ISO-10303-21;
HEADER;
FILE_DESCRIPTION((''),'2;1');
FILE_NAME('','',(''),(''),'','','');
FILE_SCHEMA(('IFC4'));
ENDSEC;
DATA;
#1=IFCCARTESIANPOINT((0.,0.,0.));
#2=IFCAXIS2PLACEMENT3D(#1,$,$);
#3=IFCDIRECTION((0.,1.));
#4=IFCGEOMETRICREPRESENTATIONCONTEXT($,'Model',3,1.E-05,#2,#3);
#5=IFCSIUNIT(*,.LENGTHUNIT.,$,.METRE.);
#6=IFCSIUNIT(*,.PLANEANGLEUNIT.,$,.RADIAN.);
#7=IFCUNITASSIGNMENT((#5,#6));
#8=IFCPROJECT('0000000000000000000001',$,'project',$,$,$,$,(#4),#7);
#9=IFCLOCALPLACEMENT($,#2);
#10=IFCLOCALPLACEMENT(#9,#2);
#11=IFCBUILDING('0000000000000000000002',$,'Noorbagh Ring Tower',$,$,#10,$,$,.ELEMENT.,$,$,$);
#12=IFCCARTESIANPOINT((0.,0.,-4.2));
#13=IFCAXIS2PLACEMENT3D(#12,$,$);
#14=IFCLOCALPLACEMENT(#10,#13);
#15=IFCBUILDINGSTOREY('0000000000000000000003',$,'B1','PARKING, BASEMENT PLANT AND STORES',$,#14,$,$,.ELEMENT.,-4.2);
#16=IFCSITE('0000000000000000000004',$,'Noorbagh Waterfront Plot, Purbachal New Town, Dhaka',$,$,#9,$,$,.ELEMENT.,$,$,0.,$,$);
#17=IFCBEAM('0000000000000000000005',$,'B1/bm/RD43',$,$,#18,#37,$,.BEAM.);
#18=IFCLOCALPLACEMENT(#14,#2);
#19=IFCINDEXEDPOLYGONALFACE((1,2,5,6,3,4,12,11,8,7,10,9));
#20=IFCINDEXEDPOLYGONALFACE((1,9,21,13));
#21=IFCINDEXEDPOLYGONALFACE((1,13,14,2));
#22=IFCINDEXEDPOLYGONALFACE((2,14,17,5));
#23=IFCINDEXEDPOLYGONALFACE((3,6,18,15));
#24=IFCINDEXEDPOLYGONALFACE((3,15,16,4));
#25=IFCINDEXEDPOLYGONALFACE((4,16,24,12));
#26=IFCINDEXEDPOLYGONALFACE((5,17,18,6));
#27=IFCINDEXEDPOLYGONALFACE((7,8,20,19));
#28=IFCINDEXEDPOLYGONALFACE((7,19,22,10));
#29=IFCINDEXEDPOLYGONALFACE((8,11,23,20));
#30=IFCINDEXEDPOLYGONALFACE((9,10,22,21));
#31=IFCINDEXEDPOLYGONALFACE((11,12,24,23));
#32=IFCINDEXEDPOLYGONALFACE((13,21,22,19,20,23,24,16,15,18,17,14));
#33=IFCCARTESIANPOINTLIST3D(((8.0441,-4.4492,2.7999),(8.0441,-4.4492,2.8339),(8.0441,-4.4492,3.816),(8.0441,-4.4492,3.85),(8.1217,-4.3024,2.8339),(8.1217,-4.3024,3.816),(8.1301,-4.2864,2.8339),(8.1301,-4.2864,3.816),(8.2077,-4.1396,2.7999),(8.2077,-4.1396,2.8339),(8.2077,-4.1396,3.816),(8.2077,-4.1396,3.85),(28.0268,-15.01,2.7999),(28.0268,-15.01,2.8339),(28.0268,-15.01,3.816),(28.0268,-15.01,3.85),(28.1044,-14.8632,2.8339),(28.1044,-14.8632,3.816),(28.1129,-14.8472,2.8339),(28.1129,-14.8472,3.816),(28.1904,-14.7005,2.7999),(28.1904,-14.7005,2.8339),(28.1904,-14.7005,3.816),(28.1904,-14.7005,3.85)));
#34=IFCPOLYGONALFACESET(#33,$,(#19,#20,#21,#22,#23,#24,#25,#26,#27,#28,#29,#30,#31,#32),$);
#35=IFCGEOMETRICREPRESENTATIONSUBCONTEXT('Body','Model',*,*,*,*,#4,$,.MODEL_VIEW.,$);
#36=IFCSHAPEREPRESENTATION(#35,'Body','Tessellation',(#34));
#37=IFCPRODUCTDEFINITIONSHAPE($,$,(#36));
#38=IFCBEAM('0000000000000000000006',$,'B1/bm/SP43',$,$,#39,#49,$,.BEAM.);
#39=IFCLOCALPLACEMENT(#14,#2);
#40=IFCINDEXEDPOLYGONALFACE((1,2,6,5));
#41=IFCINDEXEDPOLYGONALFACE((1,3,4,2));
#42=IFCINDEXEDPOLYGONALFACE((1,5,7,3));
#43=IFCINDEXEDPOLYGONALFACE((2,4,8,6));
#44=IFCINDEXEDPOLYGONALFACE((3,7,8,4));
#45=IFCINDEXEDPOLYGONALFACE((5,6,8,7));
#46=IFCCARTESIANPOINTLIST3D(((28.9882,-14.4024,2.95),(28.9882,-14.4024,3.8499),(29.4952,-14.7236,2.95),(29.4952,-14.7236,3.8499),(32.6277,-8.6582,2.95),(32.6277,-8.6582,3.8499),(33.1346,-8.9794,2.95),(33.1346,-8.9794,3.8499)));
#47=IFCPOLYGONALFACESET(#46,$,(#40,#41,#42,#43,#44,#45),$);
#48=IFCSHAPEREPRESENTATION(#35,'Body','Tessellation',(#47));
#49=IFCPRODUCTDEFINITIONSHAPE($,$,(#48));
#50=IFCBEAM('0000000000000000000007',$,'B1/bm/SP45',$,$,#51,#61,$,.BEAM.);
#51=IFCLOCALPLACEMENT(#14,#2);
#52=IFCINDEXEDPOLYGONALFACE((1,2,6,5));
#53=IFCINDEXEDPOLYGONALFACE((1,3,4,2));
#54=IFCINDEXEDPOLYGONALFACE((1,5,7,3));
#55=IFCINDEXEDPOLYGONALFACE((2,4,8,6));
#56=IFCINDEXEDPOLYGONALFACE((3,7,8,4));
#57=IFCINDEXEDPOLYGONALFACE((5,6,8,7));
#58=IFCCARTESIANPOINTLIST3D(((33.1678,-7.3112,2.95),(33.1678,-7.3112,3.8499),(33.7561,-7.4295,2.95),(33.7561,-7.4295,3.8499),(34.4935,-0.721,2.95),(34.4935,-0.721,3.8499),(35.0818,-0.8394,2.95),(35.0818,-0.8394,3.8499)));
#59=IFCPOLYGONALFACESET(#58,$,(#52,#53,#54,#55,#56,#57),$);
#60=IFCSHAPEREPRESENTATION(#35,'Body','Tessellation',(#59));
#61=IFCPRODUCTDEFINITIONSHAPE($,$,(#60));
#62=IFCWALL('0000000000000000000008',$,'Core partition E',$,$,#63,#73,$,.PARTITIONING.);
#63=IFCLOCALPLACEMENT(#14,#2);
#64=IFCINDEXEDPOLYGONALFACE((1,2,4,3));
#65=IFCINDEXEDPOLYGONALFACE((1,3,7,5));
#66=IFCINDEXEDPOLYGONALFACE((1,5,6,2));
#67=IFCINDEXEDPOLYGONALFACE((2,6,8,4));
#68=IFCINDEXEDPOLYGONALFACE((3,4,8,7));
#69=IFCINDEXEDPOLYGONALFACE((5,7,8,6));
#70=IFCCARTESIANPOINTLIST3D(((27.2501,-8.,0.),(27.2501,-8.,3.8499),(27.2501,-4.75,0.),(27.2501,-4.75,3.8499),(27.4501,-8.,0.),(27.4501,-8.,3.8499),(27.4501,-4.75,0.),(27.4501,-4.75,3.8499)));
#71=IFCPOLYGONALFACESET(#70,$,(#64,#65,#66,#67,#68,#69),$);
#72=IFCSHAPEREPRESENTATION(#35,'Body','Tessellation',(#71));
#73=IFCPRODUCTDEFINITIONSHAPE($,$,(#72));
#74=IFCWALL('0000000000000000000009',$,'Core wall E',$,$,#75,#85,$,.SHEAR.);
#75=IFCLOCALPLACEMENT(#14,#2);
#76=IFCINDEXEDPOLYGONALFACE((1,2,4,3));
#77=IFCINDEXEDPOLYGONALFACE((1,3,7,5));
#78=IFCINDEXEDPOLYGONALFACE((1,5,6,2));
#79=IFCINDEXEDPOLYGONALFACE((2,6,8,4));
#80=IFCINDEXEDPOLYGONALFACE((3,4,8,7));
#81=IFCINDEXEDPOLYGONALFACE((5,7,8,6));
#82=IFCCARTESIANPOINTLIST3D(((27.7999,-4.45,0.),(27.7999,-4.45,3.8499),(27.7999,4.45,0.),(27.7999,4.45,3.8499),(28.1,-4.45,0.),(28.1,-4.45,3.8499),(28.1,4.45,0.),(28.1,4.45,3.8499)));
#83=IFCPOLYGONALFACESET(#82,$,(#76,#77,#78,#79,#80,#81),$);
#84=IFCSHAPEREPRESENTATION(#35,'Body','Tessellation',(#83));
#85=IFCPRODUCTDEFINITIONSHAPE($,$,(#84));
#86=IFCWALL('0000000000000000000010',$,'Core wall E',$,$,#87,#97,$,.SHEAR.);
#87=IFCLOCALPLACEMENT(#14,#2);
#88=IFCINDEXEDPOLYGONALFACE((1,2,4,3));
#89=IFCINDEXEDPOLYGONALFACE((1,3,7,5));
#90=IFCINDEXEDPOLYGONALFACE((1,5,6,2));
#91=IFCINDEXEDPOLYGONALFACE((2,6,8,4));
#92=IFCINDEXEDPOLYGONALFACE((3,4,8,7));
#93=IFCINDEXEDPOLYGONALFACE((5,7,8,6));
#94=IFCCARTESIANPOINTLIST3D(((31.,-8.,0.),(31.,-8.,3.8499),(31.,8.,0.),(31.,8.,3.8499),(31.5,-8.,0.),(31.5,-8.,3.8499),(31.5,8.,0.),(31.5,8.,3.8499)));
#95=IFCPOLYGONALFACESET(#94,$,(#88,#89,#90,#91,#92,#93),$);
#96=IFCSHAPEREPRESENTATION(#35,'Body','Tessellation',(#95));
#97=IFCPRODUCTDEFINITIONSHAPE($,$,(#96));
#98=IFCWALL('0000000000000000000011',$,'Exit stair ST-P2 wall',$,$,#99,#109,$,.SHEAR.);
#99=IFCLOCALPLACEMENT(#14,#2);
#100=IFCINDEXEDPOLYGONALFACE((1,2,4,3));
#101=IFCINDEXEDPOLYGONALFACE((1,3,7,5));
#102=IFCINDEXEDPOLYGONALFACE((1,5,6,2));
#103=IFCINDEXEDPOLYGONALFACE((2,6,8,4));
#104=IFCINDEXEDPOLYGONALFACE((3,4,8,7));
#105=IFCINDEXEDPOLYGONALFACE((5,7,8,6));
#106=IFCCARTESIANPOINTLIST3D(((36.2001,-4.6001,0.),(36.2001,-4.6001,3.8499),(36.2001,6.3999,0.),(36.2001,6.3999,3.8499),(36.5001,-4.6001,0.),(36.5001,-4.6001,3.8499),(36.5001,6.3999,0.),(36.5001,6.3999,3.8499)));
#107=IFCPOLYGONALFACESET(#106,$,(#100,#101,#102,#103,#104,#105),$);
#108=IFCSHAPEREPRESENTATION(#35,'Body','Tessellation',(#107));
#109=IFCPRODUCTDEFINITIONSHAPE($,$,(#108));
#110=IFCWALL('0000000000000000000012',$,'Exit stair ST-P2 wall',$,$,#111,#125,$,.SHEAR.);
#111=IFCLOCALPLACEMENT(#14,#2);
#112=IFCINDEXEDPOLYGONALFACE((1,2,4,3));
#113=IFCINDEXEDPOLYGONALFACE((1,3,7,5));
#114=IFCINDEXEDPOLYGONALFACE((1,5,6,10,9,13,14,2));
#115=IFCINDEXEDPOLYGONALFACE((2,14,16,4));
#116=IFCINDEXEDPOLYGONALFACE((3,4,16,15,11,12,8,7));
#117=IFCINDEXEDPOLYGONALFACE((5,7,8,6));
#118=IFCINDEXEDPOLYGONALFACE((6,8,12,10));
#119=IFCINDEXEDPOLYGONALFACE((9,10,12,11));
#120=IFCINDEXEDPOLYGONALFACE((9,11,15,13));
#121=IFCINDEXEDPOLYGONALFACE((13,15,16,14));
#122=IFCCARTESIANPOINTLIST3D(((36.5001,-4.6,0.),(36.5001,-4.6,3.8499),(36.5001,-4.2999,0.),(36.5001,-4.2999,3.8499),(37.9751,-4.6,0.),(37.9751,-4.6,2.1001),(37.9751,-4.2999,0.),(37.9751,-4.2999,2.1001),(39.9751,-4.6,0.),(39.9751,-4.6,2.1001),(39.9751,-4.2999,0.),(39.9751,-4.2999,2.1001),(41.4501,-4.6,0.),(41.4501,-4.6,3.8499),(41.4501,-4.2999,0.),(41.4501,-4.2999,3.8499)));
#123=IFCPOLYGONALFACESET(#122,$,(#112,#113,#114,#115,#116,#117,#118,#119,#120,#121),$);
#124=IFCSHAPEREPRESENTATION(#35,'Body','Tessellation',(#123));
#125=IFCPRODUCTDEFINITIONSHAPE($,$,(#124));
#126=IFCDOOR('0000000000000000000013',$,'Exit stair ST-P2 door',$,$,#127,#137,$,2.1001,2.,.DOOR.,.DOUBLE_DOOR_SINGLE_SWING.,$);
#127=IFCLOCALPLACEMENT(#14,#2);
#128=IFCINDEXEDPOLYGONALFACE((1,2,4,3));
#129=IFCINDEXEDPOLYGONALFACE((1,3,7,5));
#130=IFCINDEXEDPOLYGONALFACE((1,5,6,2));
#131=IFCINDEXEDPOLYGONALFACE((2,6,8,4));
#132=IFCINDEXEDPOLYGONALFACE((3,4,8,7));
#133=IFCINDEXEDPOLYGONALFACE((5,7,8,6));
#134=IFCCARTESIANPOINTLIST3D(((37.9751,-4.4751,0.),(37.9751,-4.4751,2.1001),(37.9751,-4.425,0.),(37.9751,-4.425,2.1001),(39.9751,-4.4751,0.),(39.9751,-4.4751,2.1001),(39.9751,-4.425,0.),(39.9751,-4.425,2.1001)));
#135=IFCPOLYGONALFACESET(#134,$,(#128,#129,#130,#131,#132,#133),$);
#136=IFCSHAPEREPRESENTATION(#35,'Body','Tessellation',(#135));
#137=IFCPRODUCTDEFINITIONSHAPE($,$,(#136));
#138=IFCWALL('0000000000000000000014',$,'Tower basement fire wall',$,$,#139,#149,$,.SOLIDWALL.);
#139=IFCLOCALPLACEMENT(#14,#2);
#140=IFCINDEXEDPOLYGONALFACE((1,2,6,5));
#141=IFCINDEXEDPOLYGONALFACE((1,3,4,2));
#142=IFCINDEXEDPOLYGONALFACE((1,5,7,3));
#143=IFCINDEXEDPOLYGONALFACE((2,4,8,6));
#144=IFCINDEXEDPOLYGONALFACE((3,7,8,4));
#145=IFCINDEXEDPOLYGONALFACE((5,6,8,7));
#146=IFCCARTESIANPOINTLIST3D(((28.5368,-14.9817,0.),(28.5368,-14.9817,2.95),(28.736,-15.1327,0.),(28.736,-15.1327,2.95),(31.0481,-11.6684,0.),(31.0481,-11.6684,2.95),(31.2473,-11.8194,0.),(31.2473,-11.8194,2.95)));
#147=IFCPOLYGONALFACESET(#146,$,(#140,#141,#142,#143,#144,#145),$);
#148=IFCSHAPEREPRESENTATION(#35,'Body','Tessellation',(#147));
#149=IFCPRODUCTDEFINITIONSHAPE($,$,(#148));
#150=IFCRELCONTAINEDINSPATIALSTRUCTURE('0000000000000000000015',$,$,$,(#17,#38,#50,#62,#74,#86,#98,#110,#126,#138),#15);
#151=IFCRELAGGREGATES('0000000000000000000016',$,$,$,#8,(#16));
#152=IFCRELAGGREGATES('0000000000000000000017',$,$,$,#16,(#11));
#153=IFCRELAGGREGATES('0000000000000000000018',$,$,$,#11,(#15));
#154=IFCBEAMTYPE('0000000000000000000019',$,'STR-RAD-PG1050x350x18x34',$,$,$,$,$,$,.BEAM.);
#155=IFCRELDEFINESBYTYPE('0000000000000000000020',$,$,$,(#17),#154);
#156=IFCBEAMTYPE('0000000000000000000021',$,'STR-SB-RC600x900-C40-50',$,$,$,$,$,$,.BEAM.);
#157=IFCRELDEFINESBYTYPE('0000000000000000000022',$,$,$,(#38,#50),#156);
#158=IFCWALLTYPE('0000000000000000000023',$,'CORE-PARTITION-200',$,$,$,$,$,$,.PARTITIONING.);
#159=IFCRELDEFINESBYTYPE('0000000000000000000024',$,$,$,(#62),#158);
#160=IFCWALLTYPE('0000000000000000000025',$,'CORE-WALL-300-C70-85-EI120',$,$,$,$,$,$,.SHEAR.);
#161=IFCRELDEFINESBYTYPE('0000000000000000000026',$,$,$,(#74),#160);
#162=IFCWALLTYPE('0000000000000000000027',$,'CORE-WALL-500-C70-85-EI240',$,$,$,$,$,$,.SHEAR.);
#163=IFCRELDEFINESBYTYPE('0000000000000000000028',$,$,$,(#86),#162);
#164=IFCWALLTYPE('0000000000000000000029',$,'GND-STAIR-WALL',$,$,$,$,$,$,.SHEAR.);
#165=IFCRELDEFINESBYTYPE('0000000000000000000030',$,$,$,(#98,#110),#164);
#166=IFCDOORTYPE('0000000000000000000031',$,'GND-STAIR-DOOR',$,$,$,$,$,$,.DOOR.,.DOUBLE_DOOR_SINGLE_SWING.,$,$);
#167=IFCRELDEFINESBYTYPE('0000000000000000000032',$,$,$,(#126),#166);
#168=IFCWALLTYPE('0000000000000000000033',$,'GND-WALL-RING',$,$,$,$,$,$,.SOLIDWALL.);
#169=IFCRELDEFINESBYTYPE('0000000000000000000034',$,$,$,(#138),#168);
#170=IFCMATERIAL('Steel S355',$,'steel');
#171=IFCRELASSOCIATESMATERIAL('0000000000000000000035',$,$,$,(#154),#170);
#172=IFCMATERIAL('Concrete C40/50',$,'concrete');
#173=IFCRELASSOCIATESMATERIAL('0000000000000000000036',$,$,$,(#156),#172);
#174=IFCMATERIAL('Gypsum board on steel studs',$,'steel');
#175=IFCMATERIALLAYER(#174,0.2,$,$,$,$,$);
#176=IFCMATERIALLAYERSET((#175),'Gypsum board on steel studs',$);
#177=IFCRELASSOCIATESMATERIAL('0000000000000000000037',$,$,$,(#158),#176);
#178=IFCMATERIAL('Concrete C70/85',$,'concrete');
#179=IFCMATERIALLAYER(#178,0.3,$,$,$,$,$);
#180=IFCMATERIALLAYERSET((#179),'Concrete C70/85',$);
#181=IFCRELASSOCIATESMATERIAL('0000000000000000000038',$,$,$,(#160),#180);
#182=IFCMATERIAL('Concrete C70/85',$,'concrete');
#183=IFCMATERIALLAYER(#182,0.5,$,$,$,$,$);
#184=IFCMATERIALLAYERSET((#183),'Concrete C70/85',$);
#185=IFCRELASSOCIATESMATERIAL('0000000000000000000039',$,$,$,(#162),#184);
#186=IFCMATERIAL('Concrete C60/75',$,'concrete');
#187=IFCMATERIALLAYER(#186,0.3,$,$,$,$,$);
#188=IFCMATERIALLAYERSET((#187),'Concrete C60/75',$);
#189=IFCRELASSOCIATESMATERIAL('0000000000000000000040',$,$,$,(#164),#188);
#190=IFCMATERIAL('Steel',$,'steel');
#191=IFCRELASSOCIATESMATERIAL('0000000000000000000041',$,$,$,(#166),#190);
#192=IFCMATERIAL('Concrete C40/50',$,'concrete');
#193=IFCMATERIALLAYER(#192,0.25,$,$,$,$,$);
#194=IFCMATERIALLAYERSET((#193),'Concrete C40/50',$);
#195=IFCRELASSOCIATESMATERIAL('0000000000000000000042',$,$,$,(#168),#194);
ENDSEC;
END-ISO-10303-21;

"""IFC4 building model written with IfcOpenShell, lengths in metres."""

from ifc_helpers import new_model, si_unit, direction, frame, frame_2d, origin, origin_2d, place, context, subcontext, project, spatial, rectangle, i_section, extrude, material, layer, layer_set, material_profile, profile_set, type_object, element, fill, save


model = new_model("IFC4")

# Units and contexts
model_context = context("Model", 3, precision=1e-05, world=origin(), true_north=direction((0.0, 1.0)))
body_context = subcontext(model_context, "Body", "Model", "MODEL_VIEW")
ifc_project = project(units=[si_unit("LENGTHUNIT", "METRE"), si_unit("PLANEANGLEUNIT", "RADIAN")], contexts=[model_context])

# Site, building, storey
site_placement = place(None, origin())
site = spatial("IfcSite", under=ifc_project, at=site_placement, Name="Noorbagh Waterfront Plot, Purbachal New Town, Dhaka", CompositionType="ELEMENT", RefElevation=0.0)
building_placement = place(site_placement, origin())
building = spatial("IfcBuilding", under=site, at=building_placement, Name="Noorbagh Ring Tower", CompositionType="ELEMENT")
storey_placement = place(building_placement, frame((0.0, 0.0, -4.2)))
storey = spatial("IfcBuildingStorey", under=building, at=storey_placement, Name="B1", Description="PARKING, BASEMENT PLANT AND STORES", CompositionType="ELEMENT", Elevation=-4.2)

# Beams
ifc_material_1 = material(Name="Steel S355", Category="steel")
ifc_material_profile_1 = material_profile(ifc_material_1, i_section(OverallWidth=0.3501, OverallDepth=1.05, WebThickness=0.0181, FlangeThickness=0.0339, at=origin_2d()), Name="PG1050x350x18x34")
ifc_profile_set_1 = profile_set([ifc_material_profile_1], Name="Steel S355")
beam_type_1 = type_object("IfcBeamType", Name="STR-RAD-PG1050x350x18x34", PredefinedType="BEAM", material=ifc_profile_set_1)
beam_1_placement = place(storey_placement, frame((28.1086, -14.8552, 3.325), z_axis=(-0.884122, 0.467256, 0.0), x_axis=(-0.467256, -0.884122, 0.0)))
element("IfcBeam", 1, at=beam_1_placement, inside=storey, type_object=beam_type_1, Name="B1/bm/RD43", PredefinedType="BEAM", context=body_context, shape_type="SweptSolid", body=[
    extrude(i_section(OverallWidth=0.3501, OverallDepth=1.05, WebThickness=0.0181, FlangeThickness=0.0339, at=origin_2d()), origin(), (0.0, 0.0, 1.0), 22.6018),
])
ifc_material_2 = material(Name="Concrete C40/50", Category="concrete")
ifc_material_profile_2 = material_profile(ifc_material_2, rectangle(XDim=0.6001, YDim=0.8999, at=origin_2d()), Name="RC600x900")
ifc_profile_set_2 = profile_set([ifc_material_profile_2], Name="Concrete C40/50")
beam_type_2 = type_object("IfcBeamType", Name="STR-SB-RC600x900-C40-50", PredefinedType="BEAM", material=ifc_profile_set_2)
beam_2_placement = place(storey_placement, frame((29.2417, -14.563, 3.3999), z_axis=(0.535204, 0.844723, 0.0), x_axis=(-0.844723, 0.535204, 0.0)))
element("IfcBeam", 2, at=beam_2_placement, inside=storey, type_object=beam_type_2, Name="B1/bm/SP43", PredefinedType="BEAM", context=body_context, shape_type="SweptSolid", body=[
    extrude(rectangle(XDim=0.6001, YDim=0.8999, at=origin_2d()), origin(), (0.0, 0.0, 1.0), 6.8),
])
beam_3_placement = place(storey_placement, frame((33.4619, -7.3704, 3.3999), z_axis=(0.197213, 0.980361, 0.0), x_axis=(-0.980361, 0.197213, 0.0)))
element("IfcBeam", 3, at=beam_3_placement, inside=storey, type_object=beam_type_2, Name="B1/bm/SP45", PredefinedType="BEAM", context=body_context, shape_type="SweptSolid", body=[
    extrude(rectangle(XDim=0.6001, YDim=0.8999, at=origin_2d()), origin(), (0.0, 0.0, 1.0), 6.7222),
])

# Walls
ifc_material_3 = material(Name="Gypsum board on steel studs", Category="steel")
ifc_layer_1 = layer(ifc_material_3, 0.2)
ifc_layer_set_1 = layer_set([ifc_layer_1], Name="Gypsum board on steel studs")
wall_type_1 = type_object("IfcWallType", Name="CORE-PARTITION-200", PredefinedType="PARTITIONING", material=ifc_layer_set_1)
wall_1_placement = place(storey_placement, frame((27.3501, -8.0, 0.0), z_axis=(0.0, 0.0, 1.0), x_axis=(0.0, 1.0, 0.0)))
element("IfcWall", 4, at=wall_1_placement, inside=storey, type_object=wall_type_1, Name="Core partition E", PredefinedType="PARTITIONING", context=body_context, shape_type="SweptSolid", body=[
    extrude(rectangle(XDim=3.25, YDim=0.2, at=frame_2d((1.625, 0.0))), origin(), (0.0, 0.0, 1.0), 3.8499),
])
ifc_material_4 = material(Name="Concrete C70/85", Category="concrete")
ifc_layer_2 = layer(ifc_material_4, 0.3)
ifc_layer_set_2 = layer_set([ifc_layer_2], Name="Concrete C70/85")
wall_type_2 = type_object("IfcWallType", Name="CORE-WALL-300-C70-85-EI120", PredefinedType="SHEAR", material=ifc_layer_set_2)
wall_2_placement = place(storey_placement, frame((27.95, -4.45, 0.0), z_axis=(0.0, 0.0, 1.0), x_axis=(0.0, 1.0, 0.0)))
element("IfcWall", 5, at=wall_2_placement, inside=storey, type_object=wall_type_2, Name="Core wall E", PredefinedType="SHEAR", context=body_context, shape_type="SweptSolid", body=[
    extrude(rectangle(XDim=8.8999, YDim=0.3, at=frame_2d((4.45, 0.0))), origin(), (0.0, 0.0, 1.0), 3.8499),
])
ifc_material_5 = material(Name="Concrete C70/85", Category="concrete")
ifc_layer_3 = layer(ifc_material_5, 0.5)
ifc_layer_set_3 = layer_set([ifc_layer_3], Name="Concrete C70/85")
wall_type_3 = type_object("IfcWallType", Name="CORE-WALL-500-C70-85-EI240", PredefinedType="SHEAR", material=ifc_layer_set_3)
wall_3_placement = place(storey_placement, frame((31.25, -8.0, 0.0), z_axis=(0.0, 0.0, 1.0), x_axis=(0.0, 1.0, 0.0)))
element("IfcWall", 6, at=wall_3_placement, inside=storey, type_object=wall_type_3, Name="Core wall E", PredefinedType="SHEAR", context=body_context, shape_type="SweptSolid", body=[
    extrude(rectangle(XDim=16.0, YDim=0.5, at=frame_2d((8.0, 0.0))), origin(), (0.0, 0.0, 1.0), 3.8499),
])
ifc_material_6 = material(Name="Concrete C60/75", Category="concrete")
ifc_layer_4 = layer(ifc_material_6, 0.3)
ifc_layer_set_4 = layer_set([ifc_layer_4], Name="Concrete C60/75")
wall_type_4 = type_object("IfcWallType", Name="GND-STAIR-WALL", PredefinedType="SHEAR", material=ifc_layer_set_4)
wall_4_placement = place(storey_placement, frame((36.3501, -4.6001, 0.0), z_axis=(0.0, 0.0, 1.0), x_axis=(0.0, 1.0, 0.0)))
element("IfcWall", 7, at=wall_4_placement, inside=storey, type_object=wall_type_4, Name="Exit stair ST-P2 wall", PredefinedType="SHEAR", context=body_context, shape_type="SweptSolid", body=[
    extrude(rectangle(XDim=11.0, YDim=0.3, at=frame_2d((5.5, 0.0))), origin(), (0.0, 0.0, 1.0), 3.8499),
])

# Wall, opening, door
wall_5_placement = place(storey_placement, frame((36.5, -4.45, 0.0), z_axis=(0.0, 0.0, 1.0), x_axis=(1.0, 0.0, 0.0)))
wall_5 = element("IfcWall", 8, at=wall_5_placement, inside=storey, type_object=wall_type_4, Name="Exit stair ST-P2 wall", PredefinedType="SHEAR", context=body_context, shape_type="SweptSolid", body=[
    extrude(rectangle(XDim=4.95, YDim=0.3, at=frame_2d((2.4751, 0.0))), origin(), (0.0, 0.0, 1.0), 3.8499),
])
opening_1_placement = place(wall_5_placement, frame((1.4751, 0.0, 0.0)))
opening_1 = element("IfcOpeningElement", 9, at=opening_1_placement, cuts=wall_5, PredefinedType="OPENING", context=body_context, shape_type="SweptSolid", body=[
    extrude(rectangle(XDim=2.0, YDim=2.1001, at=frame_2d((1.0, 1.05))), frame((0.0, 0.1602, 0.0), z_axis=(0.0, -1.0, 0.0), x_axis=(1.0, 0.0, 0.0)), (0.0, 0.0, 1.0), 0.3201),
])
ifc_material_7 = material(Name="Steel", Category="steel")
door_type_1 = type_object("IfcDoorType", Name="GND-STAIR-DOOR", OperationType="DOUBLE_DOOR_SINGLE_SWING", PredefinedType="DOOR", material=ifc_material_7)
door_1_placement = place(opening_1_placement, origin())
door_1 = element("IfcDoor", 10, at=door_1_placement, inside=storey, type_object=door_type_1, Name="Exit stair ST-P2 door", OperationType="DOUBLE_DOOR_SINGLE_SWING", OverallHeight=2.1001, OverallWidth=2.0, PredefinedType="DOOR", context=body_context, shape_type="SweptSolid", body=[
    extrude(rectangle(XDim=2.0, YDim=2.1001, at=frame_2d((1.0, 1.05))), frame((0.0, 0.0249, 0.0), z_axis=(0.0, -1.0, 0.0), x_axis=(1.0, 0.0, 0.0)), (0.0, 0.0, 1.0), 0.05),
])
fill(opening_1, door_1)

# Wall
ifc_material_8 = material(Name="Concrete C40/50", Category="concrete")
ifc_layer_5 = layer(ifc_material_8, 0.25)
ifc_layer_set_5 = layer_set([ifc_layer_5], Name="Concrete C40/50")
wall_type_5 = type_object("IfcWallType", Name="GND-WALL-RING", PredefinedType="SOLIDWALL", material=ifc_layer_set_5)
wall_6_placement = place(storey_placement, frame((28.6365, -15.0571, 0.0), z_axis=(0.0, 0.0, 1.0), x_axis=(0.604042, 0.796953, 0.0)))
element("IfcWall", 11, at=wall_6_placement, inside=storey, type_object=wall_type_5, Name="Tower basement fire wall", PredefinedType="SOLIDWALL", context=body_context, shape_type="SweptSolid", body=[
    extrude(rectangle(XDim=4.1575, YDim=0.25, at=frame_2d((2.0786, 0.0))), origin(), (0.0, 0.0, 1.0), 2.95),
])

save(model, "model.ifc")
